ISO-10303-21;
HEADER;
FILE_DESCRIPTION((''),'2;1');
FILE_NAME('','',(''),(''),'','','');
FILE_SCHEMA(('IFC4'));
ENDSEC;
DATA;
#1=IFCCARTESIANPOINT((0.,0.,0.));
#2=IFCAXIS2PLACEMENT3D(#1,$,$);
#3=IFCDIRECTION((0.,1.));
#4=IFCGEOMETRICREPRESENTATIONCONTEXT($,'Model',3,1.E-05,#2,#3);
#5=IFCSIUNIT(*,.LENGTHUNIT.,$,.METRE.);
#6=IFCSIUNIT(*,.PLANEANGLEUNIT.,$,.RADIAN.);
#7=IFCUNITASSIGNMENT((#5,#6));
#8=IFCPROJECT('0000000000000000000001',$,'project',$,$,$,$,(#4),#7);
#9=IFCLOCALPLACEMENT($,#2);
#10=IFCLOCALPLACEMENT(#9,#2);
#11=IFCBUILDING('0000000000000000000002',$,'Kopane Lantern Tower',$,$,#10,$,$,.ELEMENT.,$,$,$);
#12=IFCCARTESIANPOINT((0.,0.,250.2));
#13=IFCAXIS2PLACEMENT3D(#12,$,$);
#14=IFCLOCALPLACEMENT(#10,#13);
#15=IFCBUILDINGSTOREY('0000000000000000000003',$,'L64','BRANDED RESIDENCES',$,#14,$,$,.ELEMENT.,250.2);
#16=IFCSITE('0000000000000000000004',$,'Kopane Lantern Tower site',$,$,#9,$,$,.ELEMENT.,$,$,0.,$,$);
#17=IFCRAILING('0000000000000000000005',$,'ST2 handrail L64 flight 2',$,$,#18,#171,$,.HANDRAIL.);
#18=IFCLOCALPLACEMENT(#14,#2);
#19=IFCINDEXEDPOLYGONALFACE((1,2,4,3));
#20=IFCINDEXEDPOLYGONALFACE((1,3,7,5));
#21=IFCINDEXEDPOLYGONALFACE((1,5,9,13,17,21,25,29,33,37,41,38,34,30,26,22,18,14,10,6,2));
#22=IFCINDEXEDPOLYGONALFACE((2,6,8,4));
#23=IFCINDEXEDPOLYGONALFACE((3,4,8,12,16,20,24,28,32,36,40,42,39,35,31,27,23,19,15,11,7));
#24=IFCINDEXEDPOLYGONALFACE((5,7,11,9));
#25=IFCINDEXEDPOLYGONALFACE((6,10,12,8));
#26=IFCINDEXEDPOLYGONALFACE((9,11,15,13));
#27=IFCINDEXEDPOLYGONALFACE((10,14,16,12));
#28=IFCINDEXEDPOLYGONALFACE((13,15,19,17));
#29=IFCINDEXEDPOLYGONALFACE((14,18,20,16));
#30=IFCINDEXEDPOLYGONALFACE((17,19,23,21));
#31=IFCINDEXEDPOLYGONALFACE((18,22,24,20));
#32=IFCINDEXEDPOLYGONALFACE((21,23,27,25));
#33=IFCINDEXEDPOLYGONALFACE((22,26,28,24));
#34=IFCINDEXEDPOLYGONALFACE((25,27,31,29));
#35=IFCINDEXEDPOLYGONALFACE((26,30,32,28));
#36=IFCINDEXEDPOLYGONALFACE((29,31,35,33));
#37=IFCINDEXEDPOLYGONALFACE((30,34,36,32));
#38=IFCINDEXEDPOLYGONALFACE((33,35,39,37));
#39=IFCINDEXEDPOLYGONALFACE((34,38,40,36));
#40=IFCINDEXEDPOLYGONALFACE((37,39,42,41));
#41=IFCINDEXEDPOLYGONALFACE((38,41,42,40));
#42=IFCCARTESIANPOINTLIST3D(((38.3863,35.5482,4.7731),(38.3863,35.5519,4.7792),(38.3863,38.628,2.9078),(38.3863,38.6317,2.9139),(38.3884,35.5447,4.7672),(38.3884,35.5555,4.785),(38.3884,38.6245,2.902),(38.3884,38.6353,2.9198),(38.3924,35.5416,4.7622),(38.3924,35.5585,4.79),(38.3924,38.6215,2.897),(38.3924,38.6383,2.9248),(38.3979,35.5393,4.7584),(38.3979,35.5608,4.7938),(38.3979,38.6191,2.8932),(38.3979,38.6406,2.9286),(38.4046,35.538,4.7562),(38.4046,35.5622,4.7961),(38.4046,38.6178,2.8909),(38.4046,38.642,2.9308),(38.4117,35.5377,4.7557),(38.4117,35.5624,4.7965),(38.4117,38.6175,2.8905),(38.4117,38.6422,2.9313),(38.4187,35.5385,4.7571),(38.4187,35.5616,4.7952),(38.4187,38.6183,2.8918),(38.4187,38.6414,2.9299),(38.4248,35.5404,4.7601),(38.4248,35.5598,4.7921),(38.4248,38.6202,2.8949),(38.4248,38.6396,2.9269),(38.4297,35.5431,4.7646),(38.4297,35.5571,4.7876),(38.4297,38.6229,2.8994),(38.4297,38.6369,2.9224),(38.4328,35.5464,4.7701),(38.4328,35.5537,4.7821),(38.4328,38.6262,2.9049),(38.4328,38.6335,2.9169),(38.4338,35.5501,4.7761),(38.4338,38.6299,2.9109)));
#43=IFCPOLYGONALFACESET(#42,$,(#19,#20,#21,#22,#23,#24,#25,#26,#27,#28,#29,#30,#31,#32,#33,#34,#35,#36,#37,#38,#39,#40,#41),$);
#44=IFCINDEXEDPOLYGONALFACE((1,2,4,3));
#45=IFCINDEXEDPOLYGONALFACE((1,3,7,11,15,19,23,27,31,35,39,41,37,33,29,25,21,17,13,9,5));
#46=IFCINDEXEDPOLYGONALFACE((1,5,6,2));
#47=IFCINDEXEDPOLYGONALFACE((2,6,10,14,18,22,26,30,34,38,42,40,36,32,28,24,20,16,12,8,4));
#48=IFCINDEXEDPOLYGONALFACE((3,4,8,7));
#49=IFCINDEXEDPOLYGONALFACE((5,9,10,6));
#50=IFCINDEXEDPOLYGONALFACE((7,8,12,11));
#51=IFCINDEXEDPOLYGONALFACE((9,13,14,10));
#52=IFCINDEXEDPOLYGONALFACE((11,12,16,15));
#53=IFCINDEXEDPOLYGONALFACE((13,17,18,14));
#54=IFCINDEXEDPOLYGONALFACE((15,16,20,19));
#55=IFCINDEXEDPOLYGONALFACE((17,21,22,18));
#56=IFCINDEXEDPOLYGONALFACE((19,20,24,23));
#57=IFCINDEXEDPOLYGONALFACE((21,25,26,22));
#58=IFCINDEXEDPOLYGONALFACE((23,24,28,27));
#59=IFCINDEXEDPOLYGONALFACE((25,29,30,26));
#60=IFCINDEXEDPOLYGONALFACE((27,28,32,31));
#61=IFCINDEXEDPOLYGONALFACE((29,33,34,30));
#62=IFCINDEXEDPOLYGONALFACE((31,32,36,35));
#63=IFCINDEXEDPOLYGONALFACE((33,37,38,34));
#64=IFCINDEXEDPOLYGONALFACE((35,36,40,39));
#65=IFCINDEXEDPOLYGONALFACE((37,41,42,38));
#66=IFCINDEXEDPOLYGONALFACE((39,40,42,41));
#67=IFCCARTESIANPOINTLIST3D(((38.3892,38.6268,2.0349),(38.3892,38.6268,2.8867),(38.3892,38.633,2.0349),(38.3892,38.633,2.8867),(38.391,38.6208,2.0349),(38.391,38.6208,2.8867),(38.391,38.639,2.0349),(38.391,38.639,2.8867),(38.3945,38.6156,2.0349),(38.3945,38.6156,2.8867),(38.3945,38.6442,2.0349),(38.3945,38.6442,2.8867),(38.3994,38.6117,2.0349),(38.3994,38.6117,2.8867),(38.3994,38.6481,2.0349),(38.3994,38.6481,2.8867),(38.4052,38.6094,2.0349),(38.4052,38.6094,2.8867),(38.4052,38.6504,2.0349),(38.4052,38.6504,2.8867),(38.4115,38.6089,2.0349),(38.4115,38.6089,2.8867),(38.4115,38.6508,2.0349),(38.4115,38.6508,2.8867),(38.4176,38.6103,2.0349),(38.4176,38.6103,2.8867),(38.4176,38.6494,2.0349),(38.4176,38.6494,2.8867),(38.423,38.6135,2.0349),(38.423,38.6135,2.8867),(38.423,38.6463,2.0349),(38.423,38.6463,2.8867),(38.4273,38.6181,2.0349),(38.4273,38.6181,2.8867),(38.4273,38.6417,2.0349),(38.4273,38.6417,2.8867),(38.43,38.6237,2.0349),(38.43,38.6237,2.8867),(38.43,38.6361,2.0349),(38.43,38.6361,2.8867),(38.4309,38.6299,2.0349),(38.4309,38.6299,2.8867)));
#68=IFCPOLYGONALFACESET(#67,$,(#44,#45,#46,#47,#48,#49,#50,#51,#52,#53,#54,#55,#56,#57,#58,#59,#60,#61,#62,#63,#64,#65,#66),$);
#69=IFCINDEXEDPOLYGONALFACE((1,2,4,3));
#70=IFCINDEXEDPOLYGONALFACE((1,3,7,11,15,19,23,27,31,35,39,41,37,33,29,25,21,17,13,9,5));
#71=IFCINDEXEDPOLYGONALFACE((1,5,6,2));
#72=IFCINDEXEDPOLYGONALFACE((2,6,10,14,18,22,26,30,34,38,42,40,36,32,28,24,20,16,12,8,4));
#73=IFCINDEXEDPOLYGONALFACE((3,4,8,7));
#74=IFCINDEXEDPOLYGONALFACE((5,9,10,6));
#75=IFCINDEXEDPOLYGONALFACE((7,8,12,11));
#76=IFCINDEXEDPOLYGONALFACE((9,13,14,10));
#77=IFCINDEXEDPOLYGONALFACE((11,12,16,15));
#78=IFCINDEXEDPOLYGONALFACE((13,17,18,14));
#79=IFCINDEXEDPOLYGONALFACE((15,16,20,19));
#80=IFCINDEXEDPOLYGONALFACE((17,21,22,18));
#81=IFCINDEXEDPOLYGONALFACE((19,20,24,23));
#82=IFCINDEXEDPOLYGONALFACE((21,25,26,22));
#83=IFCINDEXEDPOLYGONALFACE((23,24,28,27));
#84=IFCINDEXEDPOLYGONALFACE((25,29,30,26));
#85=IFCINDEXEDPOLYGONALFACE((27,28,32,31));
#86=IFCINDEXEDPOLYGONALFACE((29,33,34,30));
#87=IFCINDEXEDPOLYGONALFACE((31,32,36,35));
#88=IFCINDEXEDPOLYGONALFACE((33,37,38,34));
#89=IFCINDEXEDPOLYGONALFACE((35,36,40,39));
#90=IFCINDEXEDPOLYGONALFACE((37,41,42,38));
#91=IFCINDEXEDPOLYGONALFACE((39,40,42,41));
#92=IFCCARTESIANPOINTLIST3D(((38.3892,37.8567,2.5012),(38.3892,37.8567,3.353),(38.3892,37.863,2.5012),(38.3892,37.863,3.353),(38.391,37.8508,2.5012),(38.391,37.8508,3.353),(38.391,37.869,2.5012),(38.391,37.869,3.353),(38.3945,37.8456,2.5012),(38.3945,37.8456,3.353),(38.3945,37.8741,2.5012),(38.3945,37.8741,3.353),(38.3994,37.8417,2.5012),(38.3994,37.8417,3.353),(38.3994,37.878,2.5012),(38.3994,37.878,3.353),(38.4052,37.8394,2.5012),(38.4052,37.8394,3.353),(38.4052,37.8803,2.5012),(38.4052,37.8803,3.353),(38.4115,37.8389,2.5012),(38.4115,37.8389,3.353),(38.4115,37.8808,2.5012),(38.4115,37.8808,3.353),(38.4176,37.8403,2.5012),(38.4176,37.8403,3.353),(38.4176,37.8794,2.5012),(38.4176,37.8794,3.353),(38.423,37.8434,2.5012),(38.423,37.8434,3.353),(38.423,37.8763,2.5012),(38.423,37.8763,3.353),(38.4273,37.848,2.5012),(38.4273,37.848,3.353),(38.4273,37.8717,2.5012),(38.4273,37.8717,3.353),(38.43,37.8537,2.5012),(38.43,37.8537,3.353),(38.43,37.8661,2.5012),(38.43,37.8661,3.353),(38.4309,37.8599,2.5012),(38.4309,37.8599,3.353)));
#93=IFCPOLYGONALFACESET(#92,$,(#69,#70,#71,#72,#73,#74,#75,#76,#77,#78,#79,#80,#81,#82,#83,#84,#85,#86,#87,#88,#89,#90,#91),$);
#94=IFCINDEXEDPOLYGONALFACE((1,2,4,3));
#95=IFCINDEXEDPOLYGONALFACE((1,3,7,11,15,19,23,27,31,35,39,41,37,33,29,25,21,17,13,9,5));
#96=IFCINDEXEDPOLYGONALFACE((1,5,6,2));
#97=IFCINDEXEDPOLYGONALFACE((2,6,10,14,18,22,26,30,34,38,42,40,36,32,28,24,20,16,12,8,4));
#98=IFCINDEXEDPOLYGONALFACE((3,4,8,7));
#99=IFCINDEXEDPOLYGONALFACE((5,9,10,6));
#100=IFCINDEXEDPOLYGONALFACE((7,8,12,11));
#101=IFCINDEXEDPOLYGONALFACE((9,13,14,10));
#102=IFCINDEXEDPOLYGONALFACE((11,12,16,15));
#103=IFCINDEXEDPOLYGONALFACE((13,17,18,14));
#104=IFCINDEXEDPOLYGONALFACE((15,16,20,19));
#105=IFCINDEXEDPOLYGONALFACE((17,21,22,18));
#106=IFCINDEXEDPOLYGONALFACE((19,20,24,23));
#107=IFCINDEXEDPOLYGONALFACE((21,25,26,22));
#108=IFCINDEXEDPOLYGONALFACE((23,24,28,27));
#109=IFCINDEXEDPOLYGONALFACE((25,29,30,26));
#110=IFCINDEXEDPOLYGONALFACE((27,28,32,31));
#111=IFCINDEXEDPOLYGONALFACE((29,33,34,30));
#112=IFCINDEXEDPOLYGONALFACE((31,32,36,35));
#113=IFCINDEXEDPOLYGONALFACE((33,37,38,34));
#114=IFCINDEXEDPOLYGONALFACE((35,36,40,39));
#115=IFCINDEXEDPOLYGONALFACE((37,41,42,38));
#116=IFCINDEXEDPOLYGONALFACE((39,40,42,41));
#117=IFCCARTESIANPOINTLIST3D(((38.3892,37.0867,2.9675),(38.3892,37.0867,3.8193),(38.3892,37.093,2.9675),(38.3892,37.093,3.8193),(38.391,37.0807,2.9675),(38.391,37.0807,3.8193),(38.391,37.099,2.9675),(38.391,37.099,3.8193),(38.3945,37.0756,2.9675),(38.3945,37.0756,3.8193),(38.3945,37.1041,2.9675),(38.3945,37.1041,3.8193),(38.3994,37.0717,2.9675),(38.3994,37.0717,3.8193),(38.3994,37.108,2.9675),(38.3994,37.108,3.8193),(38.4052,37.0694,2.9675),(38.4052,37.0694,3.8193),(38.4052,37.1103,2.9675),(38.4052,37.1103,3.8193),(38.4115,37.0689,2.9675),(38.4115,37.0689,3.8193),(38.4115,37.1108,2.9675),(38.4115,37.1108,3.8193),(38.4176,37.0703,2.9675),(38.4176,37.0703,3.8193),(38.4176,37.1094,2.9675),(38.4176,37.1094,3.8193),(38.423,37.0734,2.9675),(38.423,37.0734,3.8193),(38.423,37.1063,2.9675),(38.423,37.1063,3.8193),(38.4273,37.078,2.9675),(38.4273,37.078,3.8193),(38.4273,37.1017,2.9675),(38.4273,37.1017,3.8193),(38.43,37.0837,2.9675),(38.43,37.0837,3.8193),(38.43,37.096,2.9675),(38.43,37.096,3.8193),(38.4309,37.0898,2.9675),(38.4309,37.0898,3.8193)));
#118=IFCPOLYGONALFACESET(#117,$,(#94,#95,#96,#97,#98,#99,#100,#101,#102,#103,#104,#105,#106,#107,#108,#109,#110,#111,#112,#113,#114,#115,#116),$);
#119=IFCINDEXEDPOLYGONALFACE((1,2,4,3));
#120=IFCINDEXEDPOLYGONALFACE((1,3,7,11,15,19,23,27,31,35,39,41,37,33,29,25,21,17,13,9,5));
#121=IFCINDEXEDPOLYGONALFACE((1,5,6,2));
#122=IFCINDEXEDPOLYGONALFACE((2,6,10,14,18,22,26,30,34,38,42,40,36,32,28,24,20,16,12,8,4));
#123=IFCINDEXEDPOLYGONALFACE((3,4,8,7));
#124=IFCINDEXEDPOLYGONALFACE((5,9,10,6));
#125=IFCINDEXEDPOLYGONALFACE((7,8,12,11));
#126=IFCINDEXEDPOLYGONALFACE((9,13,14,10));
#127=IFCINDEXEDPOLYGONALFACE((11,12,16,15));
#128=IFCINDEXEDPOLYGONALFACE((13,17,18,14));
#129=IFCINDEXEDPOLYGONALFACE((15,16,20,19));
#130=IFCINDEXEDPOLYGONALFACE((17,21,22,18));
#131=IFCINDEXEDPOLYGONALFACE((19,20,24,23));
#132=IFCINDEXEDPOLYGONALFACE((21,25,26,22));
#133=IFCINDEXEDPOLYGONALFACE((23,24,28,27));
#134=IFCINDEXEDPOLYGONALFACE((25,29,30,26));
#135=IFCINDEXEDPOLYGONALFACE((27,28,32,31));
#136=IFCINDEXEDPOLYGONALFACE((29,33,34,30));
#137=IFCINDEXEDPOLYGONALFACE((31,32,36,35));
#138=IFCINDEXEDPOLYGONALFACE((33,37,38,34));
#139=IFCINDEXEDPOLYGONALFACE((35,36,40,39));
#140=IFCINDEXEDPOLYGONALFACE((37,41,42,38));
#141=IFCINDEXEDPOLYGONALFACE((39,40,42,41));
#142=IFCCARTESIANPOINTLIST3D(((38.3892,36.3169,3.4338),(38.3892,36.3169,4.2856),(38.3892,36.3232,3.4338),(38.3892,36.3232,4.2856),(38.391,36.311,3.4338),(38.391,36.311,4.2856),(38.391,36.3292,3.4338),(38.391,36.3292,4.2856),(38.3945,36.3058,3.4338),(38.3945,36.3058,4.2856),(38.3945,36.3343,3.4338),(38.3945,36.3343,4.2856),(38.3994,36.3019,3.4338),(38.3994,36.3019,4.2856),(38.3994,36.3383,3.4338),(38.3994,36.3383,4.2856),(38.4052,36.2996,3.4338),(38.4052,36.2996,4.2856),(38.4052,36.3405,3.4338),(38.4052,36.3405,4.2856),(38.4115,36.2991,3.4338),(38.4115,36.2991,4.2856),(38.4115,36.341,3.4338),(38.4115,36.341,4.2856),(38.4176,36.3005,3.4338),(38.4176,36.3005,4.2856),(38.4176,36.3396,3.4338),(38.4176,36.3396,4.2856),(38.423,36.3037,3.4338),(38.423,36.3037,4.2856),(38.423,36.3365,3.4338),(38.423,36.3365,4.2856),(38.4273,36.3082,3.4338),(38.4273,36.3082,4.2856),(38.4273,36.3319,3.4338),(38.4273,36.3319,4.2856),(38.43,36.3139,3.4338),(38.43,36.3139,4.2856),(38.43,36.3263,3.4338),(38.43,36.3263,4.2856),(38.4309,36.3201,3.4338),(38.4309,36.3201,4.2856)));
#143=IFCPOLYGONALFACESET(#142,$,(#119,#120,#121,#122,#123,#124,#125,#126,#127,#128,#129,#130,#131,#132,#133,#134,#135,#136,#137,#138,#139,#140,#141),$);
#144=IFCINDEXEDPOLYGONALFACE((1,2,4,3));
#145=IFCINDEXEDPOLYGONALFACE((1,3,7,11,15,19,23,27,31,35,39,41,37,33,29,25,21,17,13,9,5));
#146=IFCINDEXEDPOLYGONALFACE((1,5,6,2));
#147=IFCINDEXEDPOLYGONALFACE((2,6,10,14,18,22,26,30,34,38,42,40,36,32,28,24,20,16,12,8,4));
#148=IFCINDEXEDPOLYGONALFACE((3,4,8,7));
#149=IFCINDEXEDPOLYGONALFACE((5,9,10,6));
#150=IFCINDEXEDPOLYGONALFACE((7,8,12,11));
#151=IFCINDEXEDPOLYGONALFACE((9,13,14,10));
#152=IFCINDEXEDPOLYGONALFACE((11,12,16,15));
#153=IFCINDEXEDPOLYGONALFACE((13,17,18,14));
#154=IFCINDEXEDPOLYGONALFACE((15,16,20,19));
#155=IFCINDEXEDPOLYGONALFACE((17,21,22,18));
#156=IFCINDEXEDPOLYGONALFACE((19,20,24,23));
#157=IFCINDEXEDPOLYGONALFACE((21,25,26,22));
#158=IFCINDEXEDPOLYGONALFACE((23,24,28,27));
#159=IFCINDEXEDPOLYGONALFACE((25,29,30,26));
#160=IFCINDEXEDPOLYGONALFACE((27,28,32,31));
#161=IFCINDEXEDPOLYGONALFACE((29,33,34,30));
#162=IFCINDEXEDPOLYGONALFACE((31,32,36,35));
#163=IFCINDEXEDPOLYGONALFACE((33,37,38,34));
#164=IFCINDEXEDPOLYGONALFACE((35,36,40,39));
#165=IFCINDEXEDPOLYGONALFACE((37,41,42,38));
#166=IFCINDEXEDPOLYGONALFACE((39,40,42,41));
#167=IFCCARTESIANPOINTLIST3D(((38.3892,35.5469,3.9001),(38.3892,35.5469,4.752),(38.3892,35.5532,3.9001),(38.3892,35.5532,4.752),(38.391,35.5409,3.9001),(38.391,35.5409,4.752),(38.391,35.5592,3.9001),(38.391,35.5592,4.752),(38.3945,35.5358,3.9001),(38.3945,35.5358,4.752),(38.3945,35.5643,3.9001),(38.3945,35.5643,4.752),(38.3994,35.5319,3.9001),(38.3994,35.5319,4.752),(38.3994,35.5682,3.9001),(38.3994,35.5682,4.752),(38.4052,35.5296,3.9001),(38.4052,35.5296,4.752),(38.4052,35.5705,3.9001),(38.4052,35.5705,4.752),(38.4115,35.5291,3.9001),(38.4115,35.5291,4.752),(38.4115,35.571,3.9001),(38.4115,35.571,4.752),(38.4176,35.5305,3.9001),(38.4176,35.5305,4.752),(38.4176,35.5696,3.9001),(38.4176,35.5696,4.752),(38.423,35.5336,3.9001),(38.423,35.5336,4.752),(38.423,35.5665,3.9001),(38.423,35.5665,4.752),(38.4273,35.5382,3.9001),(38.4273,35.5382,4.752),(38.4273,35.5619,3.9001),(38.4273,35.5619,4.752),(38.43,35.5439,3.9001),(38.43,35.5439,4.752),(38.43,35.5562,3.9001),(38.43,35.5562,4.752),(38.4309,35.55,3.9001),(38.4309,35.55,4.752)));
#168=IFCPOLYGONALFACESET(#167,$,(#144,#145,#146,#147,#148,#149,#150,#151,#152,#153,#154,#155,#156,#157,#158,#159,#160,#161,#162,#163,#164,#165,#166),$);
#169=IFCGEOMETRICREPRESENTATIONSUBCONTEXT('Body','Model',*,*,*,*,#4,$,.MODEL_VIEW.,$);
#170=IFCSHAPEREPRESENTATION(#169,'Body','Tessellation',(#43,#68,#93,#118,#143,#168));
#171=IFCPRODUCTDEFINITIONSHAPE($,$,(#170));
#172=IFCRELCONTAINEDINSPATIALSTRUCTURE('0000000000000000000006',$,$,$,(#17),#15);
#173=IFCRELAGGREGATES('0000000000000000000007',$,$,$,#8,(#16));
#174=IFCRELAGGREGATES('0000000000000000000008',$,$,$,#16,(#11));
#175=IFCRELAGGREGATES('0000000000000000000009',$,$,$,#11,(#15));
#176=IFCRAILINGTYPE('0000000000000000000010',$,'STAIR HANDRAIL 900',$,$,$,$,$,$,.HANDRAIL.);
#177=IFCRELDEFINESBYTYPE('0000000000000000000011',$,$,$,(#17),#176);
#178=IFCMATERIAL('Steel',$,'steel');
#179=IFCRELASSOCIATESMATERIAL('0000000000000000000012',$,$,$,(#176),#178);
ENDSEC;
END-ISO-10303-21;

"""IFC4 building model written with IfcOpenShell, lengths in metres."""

from ifc_helpers import new_model, si_unit, direction, frame, origin, origin_2d, place, context, subcontext, project, spatial, circle, extrude, material, type_object, element, save


model = new_model("IFC4")

# Units and contexts
model_context = context("Model", 3, precision=1e-05, world=origin(), true_north=direction((0.0, 1.0)))
body_context = subcontext(model_context, "Body", "Model", "MODEL_VIEW")
ifc_project = project(units=[si_unit("LENGTHUNIT", "METRE"), si_unit("PLANEANGLEUNIT", "RADIAN")], contexts=[model_context])

# Site, building, storey
site_placement = place(None, origin())
site = spatial("IfcSite", under=ifc_project, at=site_placement, Name="Kopane Lantern Tower site", CompositionType="ELEMENT", RefElevation=0.0)
building_placement = place(site_placement, origin())
building = spatial("IfcBuilding", under=site, at=building_placement, Name="Kopane Lantern Tower", CompositionType="ELEMENT")
storey_placement = place(building_placement, frame((0.0, 0.0, 250.2)))
storey = spatial("IfcBuildingStorey", under=building, at=storey_placement, Name="L64", Description="BRANDED RESIDENCES", CompositionType="ELEMENT", Elevation=250.2)

# Railing
ifc_material_1 = material(Name="Steel", Category="steel")
railing_type = type_object("IfcRailingType", Name="STAIR HANDRAIL 900", PredefinedType="HANDRAIL", material=ifc_material_1)
for number, where, name in (
    (1, (38.4099, 38.6299, 2.0349), "ST2 handrail L64 flight 2"),
):
    element("IfcRailing", number, at=place(storey_placement, frame(where)), inside=storey, type_object=railing_type, Name=name, PredefinedType="HANDRAIL", context=body_context, shape_type="SweptSolid", body=[
        extrude(circle(Radius=0.0239, at=origin_2d()), frame((0.0, 0.0, 0.876), z_axis=(0.0, -0.855362, 0.518031), x_axis=(1.0, 0.0, 0.0)), (0.0, 0.0, 1.0), 3.6006),
        extrude(circle(Radius=0.021, at=origin_2d()), origin(), (0.0, 0.0, 1.0), 0.8518),
        extrude(circle(Radius=0.021, at=origin_2d()), frame((0.0, -0.77, 0.4663)), (0.0, 0.0, 1.0), 0.8518),
        extrude(circle(Radius=0.021, at=origin_2d()), frame((0.0, -1.54, 0.9326)), (0.0, 0.0, 1.0), 0.8518),
        extrude(circle(Radius=0.021, at=origin_2d()), frame((0.0, -2.3098, 1.3989)), (0.0, 0.0, 1.0), 0.8518),
        extrude(circle(Radius=0.021, at=origin_2d()), frame((0.0, -3.0798, 1.8652)), (0.0, 0.0, 1.0), 0.8518),
    ])

save(model, "model.ifc")
